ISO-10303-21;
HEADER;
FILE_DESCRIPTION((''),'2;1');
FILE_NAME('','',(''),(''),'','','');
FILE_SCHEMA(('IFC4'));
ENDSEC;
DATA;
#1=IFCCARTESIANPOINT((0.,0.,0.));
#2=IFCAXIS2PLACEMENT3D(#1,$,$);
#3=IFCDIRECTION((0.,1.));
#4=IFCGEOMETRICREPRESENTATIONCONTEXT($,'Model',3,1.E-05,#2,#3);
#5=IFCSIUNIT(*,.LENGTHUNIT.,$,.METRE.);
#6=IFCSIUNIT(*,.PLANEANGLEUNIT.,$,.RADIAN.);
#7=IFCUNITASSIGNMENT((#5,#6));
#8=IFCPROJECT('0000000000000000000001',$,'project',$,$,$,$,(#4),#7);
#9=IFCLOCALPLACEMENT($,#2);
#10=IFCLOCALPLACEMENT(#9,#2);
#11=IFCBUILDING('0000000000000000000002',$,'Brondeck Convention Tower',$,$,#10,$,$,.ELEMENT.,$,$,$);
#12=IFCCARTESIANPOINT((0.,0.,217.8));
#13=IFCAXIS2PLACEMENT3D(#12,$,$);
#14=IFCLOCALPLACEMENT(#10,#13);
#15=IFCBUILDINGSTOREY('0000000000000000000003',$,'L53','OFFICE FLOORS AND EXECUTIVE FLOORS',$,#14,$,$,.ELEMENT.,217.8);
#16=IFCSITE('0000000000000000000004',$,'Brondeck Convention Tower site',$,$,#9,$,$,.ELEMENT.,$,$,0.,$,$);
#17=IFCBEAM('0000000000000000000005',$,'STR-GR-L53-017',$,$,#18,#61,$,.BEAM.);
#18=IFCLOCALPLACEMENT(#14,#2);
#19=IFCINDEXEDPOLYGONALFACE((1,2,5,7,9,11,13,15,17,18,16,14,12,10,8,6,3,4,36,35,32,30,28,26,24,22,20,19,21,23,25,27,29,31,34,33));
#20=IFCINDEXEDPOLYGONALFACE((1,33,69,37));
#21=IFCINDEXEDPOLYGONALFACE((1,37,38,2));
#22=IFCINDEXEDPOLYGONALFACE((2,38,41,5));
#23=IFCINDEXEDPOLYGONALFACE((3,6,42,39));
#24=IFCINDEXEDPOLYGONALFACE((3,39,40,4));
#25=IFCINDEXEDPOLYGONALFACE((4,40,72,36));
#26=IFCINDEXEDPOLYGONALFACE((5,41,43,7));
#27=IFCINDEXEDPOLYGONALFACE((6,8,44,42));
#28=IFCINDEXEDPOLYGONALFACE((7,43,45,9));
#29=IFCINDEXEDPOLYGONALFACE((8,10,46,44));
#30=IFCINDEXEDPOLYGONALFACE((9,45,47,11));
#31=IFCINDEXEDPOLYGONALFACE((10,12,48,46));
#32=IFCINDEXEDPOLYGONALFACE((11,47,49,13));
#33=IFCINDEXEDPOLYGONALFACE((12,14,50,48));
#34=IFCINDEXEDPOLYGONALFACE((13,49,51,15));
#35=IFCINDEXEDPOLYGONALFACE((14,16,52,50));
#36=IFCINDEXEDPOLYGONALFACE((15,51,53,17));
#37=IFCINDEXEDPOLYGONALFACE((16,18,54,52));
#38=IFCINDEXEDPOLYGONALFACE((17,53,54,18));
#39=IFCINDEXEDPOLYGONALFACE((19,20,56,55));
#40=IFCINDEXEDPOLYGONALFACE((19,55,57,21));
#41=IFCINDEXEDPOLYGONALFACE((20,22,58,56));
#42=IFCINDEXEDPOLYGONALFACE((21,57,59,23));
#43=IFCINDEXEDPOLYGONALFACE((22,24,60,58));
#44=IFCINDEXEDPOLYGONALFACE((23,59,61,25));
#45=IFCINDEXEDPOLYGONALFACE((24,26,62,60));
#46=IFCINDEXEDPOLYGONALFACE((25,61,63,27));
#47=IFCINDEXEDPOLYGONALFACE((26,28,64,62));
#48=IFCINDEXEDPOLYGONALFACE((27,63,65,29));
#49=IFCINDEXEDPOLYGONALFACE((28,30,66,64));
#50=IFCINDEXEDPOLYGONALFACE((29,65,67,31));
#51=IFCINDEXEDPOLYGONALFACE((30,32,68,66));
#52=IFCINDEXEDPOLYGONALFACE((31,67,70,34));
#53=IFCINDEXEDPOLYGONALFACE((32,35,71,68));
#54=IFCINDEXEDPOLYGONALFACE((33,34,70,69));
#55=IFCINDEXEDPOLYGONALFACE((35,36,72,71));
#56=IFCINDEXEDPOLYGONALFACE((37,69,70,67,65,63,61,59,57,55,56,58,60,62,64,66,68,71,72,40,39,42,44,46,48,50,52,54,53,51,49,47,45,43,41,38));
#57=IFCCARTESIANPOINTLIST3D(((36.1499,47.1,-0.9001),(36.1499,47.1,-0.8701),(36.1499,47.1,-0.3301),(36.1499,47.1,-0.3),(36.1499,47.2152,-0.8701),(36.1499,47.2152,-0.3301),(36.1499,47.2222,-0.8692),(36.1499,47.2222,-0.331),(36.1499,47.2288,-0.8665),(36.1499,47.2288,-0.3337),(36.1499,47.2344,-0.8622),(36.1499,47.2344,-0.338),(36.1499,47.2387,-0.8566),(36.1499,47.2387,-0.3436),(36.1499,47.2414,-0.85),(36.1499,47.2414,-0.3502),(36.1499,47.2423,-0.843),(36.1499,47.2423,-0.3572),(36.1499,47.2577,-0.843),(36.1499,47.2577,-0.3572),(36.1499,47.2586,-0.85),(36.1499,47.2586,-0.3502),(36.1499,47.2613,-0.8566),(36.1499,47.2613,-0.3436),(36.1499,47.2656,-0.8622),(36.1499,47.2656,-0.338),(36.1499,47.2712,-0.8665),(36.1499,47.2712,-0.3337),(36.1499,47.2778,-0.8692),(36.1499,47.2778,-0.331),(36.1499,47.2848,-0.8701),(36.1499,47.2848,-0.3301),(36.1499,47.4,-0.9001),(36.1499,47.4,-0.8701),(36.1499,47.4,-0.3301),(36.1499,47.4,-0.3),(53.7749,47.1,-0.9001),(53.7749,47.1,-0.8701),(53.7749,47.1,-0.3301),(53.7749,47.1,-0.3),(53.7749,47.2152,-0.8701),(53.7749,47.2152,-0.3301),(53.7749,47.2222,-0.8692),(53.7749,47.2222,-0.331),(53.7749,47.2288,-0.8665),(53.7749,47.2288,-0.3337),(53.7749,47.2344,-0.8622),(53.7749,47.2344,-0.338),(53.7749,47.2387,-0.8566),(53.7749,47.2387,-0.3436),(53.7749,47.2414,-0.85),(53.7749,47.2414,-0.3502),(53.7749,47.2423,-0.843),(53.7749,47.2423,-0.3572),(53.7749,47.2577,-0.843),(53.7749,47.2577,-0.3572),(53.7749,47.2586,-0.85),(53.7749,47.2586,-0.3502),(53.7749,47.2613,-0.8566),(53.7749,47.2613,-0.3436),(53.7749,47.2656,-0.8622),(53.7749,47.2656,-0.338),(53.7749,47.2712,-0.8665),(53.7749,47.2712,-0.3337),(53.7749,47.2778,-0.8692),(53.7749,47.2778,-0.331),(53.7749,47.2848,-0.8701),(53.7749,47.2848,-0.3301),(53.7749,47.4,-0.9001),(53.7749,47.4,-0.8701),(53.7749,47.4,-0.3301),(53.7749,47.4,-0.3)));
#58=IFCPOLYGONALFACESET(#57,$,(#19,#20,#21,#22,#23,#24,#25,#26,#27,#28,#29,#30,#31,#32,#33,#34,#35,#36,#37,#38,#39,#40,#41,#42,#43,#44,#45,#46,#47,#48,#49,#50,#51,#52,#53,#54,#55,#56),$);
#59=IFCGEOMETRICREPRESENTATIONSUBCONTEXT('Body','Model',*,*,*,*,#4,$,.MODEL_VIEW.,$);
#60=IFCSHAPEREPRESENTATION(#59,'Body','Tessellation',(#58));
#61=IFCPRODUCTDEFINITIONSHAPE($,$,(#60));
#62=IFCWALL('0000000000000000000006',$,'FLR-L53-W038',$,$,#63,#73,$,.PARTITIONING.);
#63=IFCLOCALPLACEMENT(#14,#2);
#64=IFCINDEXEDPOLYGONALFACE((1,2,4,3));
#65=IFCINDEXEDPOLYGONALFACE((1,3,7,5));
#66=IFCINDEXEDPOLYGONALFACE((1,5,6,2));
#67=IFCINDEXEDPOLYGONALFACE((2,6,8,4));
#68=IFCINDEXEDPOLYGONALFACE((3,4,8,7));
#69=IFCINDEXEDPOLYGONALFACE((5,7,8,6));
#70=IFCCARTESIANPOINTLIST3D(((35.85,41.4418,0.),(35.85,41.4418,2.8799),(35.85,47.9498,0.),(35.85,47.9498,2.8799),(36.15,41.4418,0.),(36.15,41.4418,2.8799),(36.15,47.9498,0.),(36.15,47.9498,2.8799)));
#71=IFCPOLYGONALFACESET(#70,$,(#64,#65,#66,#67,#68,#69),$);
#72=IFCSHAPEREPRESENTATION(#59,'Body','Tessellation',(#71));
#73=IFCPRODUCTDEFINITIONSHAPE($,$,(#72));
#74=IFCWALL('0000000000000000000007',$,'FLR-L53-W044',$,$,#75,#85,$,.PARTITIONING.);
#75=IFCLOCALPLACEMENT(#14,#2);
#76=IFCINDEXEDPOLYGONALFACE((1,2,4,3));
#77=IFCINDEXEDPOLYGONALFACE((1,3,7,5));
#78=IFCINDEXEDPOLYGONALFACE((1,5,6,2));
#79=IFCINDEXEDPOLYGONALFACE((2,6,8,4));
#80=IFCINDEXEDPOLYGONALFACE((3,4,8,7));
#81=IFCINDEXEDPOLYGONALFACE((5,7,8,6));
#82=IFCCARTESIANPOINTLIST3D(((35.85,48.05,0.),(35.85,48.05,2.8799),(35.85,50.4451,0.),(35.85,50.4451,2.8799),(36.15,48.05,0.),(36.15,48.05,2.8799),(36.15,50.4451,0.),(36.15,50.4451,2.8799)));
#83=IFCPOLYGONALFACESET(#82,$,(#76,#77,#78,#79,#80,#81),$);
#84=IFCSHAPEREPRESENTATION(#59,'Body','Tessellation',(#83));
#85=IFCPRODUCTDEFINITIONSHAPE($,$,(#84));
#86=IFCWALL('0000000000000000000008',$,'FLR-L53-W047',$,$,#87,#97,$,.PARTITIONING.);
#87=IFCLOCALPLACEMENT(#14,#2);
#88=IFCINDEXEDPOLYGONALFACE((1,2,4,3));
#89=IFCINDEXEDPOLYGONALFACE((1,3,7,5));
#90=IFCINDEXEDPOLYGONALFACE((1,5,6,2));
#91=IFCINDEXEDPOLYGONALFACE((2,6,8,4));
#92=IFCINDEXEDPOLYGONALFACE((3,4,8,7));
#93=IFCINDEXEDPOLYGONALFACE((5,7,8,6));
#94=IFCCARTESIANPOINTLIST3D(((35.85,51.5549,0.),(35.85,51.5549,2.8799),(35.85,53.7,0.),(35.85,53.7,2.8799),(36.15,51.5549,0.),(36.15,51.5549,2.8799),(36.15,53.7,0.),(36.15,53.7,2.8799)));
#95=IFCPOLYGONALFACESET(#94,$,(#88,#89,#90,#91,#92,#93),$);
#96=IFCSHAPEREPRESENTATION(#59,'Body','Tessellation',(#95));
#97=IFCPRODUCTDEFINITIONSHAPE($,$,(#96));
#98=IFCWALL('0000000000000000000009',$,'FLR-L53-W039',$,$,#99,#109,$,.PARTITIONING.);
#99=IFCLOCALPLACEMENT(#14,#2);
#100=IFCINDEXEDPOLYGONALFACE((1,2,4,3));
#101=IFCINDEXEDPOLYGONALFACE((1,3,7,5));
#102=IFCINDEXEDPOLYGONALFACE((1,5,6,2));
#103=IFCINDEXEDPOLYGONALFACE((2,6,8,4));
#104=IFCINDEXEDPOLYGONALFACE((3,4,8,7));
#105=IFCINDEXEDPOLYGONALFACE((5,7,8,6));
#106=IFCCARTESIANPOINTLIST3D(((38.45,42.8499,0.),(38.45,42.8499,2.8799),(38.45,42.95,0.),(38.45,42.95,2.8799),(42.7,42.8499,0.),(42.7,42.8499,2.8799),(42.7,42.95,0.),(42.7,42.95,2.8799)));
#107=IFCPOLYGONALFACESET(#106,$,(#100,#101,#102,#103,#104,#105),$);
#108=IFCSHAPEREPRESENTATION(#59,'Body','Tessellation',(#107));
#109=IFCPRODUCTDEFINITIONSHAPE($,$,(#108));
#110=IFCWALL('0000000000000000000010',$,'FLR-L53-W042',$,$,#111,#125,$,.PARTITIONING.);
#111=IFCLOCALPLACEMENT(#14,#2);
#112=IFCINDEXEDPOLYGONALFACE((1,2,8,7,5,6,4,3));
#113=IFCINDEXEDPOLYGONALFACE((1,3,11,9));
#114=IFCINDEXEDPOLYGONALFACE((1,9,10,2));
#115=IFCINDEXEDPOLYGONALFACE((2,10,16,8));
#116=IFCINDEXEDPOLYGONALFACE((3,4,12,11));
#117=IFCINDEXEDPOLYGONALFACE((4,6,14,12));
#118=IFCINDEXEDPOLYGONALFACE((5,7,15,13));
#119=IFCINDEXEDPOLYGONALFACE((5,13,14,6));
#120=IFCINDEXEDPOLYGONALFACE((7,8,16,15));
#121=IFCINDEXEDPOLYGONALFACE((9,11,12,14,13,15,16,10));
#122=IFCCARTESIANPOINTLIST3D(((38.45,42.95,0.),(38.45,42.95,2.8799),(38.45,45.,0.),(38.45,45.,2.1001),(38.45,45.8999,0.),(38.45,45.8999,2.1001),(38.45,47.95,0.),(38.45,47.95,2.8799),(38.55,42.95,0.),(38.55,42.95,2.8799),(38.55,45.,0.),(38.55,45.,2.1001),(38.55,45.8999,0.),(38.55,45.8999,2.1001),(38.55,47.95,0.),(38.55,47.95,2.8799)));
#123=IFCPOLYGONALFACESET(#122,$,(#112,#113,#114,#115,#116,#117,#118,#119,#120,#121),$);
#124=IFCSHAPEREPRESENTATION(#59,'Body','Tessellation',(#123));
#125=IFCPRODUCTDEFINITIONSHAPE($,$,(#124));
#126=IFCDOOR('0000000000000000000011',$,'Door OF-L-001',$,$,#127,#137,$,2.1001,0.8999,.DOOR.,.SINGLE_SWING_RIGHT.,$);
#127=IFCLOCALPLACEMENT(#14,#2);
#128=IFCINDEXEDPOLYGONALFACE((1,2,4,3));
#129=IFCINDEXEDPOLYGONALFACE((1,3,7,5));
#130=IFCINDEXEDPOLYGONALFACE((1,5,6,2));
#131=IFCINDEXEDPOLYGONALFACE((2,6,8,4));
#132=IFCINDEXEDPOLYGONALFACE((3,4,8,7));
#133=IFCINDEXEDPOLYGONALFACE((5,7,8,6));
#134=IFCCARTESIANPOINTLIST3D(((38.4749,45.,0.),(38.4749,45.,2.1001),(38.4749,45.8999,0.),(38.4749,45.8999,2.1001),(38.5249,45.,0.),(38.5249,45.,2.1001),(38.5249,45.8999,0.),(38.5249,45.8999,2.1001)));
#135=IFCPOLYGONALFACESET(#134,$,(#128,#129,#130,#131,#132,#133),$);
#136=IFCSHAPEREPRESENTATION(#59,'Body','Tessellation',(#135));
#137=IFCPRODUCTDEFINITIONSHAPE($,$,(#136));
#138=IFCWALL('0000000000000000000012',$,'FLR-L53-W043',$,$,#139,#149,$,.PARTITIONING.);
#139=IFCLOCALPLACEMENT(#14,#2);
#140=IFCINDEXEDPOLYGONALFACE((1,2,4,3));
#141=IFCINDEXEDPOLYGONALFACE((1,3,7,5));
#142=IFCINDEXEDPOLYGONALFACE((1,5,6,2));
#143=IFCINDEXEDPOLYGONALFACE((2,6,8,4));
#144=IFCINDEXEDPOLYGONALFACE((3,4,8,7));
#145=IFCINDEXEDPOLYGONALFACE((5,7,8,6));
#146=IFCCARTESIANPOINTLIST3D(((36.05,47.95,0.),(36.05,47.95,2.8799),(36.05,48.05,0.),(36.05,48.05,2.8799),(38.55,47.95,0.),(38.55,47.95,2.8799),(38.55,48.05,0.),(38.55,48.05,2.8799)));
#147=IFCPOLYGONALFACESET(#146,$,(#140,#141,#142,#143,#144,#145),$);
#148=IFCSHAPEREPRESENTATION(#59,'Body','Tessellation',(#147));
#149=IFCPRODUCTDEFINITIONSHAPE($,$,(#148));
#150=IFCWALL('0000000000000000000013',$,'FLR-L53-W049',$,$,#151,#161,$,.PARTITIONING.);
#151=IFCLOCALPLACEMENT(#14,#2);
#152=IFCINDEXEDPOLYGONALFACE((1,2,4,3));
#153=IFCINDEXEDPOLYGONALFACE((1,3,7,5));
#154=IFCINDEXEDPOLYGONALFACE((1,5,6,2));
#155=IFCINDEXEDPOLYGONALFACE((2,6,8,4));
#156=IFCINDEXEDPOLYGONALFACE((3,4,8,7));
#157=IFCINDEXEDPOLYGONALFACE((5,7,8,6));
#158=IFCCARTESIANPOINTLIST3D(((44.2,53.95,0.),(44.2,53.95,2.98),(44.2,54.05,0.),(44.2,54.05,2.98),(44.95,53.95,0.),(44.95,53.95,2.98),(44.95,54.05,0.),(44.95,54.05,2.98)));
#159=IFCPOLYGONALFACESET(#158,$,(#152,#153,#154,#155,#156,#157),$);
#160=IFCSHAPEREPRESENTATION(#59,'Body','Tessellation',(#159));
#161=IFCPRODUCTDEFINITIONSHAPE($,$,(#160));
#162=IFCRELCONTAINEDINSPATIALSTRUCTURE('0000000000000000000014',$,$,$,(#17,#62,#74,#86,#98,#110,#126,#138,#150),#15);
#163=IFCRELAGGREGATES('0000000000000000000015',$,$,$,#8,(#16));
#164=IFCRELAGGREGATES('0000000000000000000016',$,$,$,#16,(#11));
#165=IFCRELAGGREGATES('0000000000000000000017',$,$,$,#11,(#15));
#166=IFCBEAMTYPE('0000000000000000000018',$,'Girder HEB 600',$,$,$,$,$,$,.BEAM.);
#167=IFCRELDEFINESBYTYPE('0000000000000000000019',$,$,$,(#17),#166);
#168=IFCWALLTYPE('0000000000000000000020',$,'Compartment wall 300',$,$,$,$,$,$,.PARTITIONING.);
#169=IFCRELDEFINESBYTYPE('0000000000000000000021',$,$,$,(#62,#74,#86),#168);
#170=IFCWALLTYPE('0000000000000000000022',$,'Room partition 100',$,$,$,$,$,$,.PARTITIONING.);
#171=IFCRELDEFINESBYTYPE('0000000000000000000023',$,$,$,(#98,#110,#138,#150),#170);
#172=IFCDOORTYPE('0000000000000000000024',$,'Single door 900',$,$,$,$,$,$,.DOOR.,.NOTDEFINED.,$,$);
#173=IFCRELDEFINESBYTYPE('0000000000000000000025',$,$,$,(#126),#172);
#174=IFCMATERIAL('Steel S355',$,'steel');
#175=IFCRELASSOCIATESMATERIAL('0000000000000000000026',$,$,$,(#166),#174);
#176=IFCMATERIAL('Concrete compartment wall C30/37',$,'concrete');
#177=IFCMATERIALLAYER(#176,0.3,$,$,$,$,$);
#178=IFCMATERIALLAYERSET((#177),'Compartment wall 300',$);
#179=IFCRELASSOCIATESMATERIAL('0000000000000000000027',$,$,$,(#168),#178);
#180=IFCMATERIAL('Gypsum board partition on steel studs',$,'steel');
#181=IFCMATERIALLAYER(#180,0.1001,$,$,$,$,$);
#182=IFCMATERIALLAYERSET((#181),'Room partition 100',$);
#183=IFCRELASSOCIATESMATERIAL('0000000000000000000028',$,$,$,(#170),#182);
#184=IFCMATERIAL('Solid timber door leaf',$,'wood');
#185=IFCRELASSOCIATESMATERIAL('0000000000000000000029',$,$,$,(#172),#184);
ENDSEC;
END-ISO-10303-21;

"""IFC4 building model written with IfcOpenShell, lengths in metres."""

from ifc_helpers import new_model, si_unit, direction, frame, frame_2d, origin, origin_2d, place, context, subcontext, project, spatial, rectangle, i_section, extrude, material, layer, layer_set, material_profile, profile_set, type_object, element, fill, save


model = new_model("IFC4")

# Units and contexts
model_context = context("Model", 3, precision=1e-05, world=origin(), true_north=direction((0.0, 1.0)))
body_context = subcontext(model_context, "Body", "Model", "MODEL_VIEW")
ifc_project = project(units=[si_unit("LENGTHUNIT", "METRE"), si_unit("PLANEANGLEUNIT", "RADIAN")], contexts=[model_context])

# Site, building, storey
site_placement = place(None, origin())
site = spatial("IfcSite", under=ifc_project, at=site_placement, Name="Brondeck Convention Tower site", CompositionType="ELEMENT", RefElevation=0.0)
building_placement = place(site_placement, origin())
building = spatial("IfcBuilding", under=site, at=building_placement, Name="Brondeck Convention Tower", CompositionType="ELEMENT")
storey_placement = place(building_placement, frame((0.0, 0.0, 217.8)))
storey = spatial("IfcBuildingStorey", under=building, at=storey_placement, Name="L53", Description="OFFICE FLOORS AND EXECUTIVE FLOORS", CompositionType="ELEMENT", Elevation=217.8)

# Beam
ifc_material_1 = material(Name="Steel S355", Category="steel")
ifc_material_profile_1 = material_profile(ifc_material_1, i_section(OverallWidth=0.3, OverallDepth=0.6001, WebThickness=0.0154, FlangeThickness=0.03, FilletRadius=0.0271, at=origin_2d()), Name="HEB 600")
ifc_profile_set_1 = profile_set([ifc_material_profile_1], Name="Steel S355")
beam_type = type_object("IfcBeamType", Name="Girder HEB 600", PredefinedType="BEAM", material=ifc_profile_set_1)
for number, where, z_axis, x_axis, name in (
    (1, (36.1499, 47.25, -0.6001), (1.0, 0.0, 0.0), (0.0, 1.0, 0.0), "STR-GR-L53-017"),
):
    element("IfcBeam", number, at=place(storey_placement, frame(where, z_axis=z_axis, x_axis=x_axis)), inside=storey, type_object=beam_type, Name=name, PredefinedType="BEAM", context=body_context, shape_type="SweptSolid", body=[
        extrude(i_section(OverallWidth=0.3, OverallDepth=0.6001, WebThickness=0.0154, FlangeThickness=0.03, FilletRadius=0.0271, at=origin_2d()), origin(), (0.0, 0.0, 1.0), 17.625),
    ])

# Walls
ifc_material_2 = material(Name="Concrete compartment wall C30/37", Category="concrete")
ifc_layer_1 = layer(ifc_material_2, 0.3)
ifc_layer_set_1 = layer_set([ifc_layer_1], Name="Compartment wall 300")
wall_type_1 = type_object("IfcWallType", Name="Compartment wall 300", PredefinedType="PARTITIONING", material=ifc_layer_set_1)
wall_1_placement = place(storey_placement, frame((36.0, 41.4419, 0.0), z_axis=(0.0, 0.0, 1.0), x_axis=(0.0, 1.0, 0.0)))
element("IfcWall", 2, at=wall_1_placement, inside=storey, type_object=wall_type_1, Name="FLR-L53-W038", PredefinedType="PARTITIONING", context=body_context, shape_type="SweptSolid", body=[
    extrude(rectangle(XDim=6.5081, YDim=0.3, at=frame_2d((3.2539, 0.0))), origin(), (0.0, 0.0, 1.0), 2.8799),
])
wall_2_placement = place(storey_placement, frame((36.0, 48.05, 0.0), z_axis=(0.0, 0.0, 1.0), x_axis=(0.0, 1.0, 0.0)))
element("IfcWall", 3, at=wall_2_placement, inside=storey, type_object=wall_type_1, Name="FLR-L53-W044", PredefinedType="PARTITIONING", context=body_context, shape_type="SweptSolid", body=[
    extrude(rectangle(XDim=2.395, YDim=0.3, at=frame_2d((1.1975, 0.0))), origin(), (0.0, 0.0, 1.0), 2.8799),
])
wall_3_placement = place(storey_placement, frame((36.0, 51.5549, 0.0), z_axis=(0.0, 0.0, 1.0), x_axis=(0.0, 1.0, 0.0)))
element("IfcWall", 4, at=wall_3_placement, inside=storey, type_object=wall_type_1, Name="FLR-L53-W047", PredefinedType="PARTITIONING", context=body_context, shape_type="SweptSolid", body=[
    extrude(rectangle(XDim=2.145, YDim=0.3, at=frame_2d((1.0725, 0.0))), origin(), (0.0, 0.0, 1.0), 2.8799),
])
ifc_material_3 = material(Name="Gypsum board partition on steel studs", Category="steel")
ifc_layer_2 = layer(ifc_material_3, 0.1001)
ifc_layer_set_2 = layer_set([ifc_layer_2], Name="Room partition 100")
wall_type_2 = type_object("IfcWallType", Name="Room partition 100", PredefinedType="PARTITIONING", material=ifc_layer_set_2)
wall_4_placement = place(storey_placement, frame((38.45, 42.8999, 0.0), z_axis=(0.0, 0.0, 1.0), x_axis=(1.0, 0.0, 0.0)))
element("IfcWall", 5, at=wall_4_placement, inside=storey, type_object=wall_type_2, Name="FLR-L53-W039", PredefinedType="PARTITIONING", context=body_context, shape_type="SweptSolid", body=[
    extrude(rectangle(XDim=4.25, YDim=0.1001, at=frame_2d((2.125, 0.0))), origin(), (0.0, 0.0, 1.0), 2.8799),
])

# Wall, opening, door
wall_5_placement = place(storey_placement, frame((38.5, 47.95, 0.0), z_axis=(0.0, 0.0, 1.0), x_axis=(0.0, -1.0, 0.0)))
wall_5 = element("IfcWall", 6, at=wall_5_placement, inside=storey, type_object=wall_type_2, Name="FLR-L53-W042", PredefinedType="PARTITIONING", context=body_context, shape_type="SweptSolid", body=[
    extrude(rectangle(XDim=5.0, YDim=0.1001, at=frame_2d((2.5, 0.0))), origin(), (0.0, 0.0, 1.0), 2.8799),
])
opening_1_placement = place(wall_5_placement, frame((2.05, 0.0, 0.0)))
opening_1 = element("IfcOpeningElement", 7, at=opening_1_placement, cuts=wall_5, PredefinedType="OPENING", context=body_context, shape_type="SweptSolid", body=[
    extrude(rectangle(XDim=0.8999, YDim=2.1001, at=frame_2d((0.45, 1.05))), frame((0.0, 0.0601, 0.0), z_axis=(0.0, -1.0, 0.0), x_axis=(1.0, 0.0, 0.0)), (0.0, 0.0, 1.0), 0.1201),
])
ifc_material_4 = material(Name="Solid timber door leaf", Category="wood")
door_type_1 = type_object("IfcDoorType", Name="Single door 900", OperationType="NOTDEFINED", PredefinedType="DOOR", material=ifc_material_4)
door_1_placement = place(opening_1_placement, origin())
door_1 = element("IfcDoor", 8, at=door_1_placement, inside=storey, type_object=door_type_1, Name="Door OF-L-001", OperationType="SINGLE_SWING_RIGHT", OverallHeight=2.1001, OverallWidth=0.8999, PredefinedType="DOOR", context=body_context, shape_type="SweptSolid", body=[
    extrude(rectangle(XDim=0.8999, YDim=2.1001, at=frame_2d((0.45, 1.05))), frame((0.0, 0.0249, 0.0), z_axis=(0.0, -1.0, 0.0), x_axis=(1.0, 0.0, 0.0)), (0.0, 0.0, 1.0), 0.05),
])
fill(opening_1, door_1)

# Walls
wall_6_placement = place(storey_placement, frame((36.05, 48.0, 0.0), z_axis=(0.0, 0.0, 1.0), x_axis=(1.0, 0.0, 0.0)))
element("IfcWall", 9, at=wall_6_placement, inside=storey, type_object=wall_type_2, Name="FLR-L53-W043", PredefinedType="PARTITIONING", context=body_context, shape_type="SweptSolid", body=[
    extrude(rectangle(XDim=2.5, YDim=0.1001, at=frame_2d((1.25, 0.0))), origin(), (0.0, 0.0, 1.0), 2.8799),
])
wall_7_placement = place(storey_placement, frame((44.2, 54.0, 0.0), z_axis=(0.0, 0.0, 1.0), x_axis=(1.0, 0.0, 0.0)))
element("IfcWall", 10, at=wall_7_placement, inside=storey, type_object=wall_type_2, Name="FLR-L53-W049", PredefinedType="PARTITIONING", context=body_context, shape_type="SweptSolid", body=[
    extrude(rectangle(XDim=0.75, YDim=0.1001, at=frame_2d((0.375, 0.0))), origin(), (0.0, 0.0, 1.0), 2.98),
])

save(model, "model.ifc")
